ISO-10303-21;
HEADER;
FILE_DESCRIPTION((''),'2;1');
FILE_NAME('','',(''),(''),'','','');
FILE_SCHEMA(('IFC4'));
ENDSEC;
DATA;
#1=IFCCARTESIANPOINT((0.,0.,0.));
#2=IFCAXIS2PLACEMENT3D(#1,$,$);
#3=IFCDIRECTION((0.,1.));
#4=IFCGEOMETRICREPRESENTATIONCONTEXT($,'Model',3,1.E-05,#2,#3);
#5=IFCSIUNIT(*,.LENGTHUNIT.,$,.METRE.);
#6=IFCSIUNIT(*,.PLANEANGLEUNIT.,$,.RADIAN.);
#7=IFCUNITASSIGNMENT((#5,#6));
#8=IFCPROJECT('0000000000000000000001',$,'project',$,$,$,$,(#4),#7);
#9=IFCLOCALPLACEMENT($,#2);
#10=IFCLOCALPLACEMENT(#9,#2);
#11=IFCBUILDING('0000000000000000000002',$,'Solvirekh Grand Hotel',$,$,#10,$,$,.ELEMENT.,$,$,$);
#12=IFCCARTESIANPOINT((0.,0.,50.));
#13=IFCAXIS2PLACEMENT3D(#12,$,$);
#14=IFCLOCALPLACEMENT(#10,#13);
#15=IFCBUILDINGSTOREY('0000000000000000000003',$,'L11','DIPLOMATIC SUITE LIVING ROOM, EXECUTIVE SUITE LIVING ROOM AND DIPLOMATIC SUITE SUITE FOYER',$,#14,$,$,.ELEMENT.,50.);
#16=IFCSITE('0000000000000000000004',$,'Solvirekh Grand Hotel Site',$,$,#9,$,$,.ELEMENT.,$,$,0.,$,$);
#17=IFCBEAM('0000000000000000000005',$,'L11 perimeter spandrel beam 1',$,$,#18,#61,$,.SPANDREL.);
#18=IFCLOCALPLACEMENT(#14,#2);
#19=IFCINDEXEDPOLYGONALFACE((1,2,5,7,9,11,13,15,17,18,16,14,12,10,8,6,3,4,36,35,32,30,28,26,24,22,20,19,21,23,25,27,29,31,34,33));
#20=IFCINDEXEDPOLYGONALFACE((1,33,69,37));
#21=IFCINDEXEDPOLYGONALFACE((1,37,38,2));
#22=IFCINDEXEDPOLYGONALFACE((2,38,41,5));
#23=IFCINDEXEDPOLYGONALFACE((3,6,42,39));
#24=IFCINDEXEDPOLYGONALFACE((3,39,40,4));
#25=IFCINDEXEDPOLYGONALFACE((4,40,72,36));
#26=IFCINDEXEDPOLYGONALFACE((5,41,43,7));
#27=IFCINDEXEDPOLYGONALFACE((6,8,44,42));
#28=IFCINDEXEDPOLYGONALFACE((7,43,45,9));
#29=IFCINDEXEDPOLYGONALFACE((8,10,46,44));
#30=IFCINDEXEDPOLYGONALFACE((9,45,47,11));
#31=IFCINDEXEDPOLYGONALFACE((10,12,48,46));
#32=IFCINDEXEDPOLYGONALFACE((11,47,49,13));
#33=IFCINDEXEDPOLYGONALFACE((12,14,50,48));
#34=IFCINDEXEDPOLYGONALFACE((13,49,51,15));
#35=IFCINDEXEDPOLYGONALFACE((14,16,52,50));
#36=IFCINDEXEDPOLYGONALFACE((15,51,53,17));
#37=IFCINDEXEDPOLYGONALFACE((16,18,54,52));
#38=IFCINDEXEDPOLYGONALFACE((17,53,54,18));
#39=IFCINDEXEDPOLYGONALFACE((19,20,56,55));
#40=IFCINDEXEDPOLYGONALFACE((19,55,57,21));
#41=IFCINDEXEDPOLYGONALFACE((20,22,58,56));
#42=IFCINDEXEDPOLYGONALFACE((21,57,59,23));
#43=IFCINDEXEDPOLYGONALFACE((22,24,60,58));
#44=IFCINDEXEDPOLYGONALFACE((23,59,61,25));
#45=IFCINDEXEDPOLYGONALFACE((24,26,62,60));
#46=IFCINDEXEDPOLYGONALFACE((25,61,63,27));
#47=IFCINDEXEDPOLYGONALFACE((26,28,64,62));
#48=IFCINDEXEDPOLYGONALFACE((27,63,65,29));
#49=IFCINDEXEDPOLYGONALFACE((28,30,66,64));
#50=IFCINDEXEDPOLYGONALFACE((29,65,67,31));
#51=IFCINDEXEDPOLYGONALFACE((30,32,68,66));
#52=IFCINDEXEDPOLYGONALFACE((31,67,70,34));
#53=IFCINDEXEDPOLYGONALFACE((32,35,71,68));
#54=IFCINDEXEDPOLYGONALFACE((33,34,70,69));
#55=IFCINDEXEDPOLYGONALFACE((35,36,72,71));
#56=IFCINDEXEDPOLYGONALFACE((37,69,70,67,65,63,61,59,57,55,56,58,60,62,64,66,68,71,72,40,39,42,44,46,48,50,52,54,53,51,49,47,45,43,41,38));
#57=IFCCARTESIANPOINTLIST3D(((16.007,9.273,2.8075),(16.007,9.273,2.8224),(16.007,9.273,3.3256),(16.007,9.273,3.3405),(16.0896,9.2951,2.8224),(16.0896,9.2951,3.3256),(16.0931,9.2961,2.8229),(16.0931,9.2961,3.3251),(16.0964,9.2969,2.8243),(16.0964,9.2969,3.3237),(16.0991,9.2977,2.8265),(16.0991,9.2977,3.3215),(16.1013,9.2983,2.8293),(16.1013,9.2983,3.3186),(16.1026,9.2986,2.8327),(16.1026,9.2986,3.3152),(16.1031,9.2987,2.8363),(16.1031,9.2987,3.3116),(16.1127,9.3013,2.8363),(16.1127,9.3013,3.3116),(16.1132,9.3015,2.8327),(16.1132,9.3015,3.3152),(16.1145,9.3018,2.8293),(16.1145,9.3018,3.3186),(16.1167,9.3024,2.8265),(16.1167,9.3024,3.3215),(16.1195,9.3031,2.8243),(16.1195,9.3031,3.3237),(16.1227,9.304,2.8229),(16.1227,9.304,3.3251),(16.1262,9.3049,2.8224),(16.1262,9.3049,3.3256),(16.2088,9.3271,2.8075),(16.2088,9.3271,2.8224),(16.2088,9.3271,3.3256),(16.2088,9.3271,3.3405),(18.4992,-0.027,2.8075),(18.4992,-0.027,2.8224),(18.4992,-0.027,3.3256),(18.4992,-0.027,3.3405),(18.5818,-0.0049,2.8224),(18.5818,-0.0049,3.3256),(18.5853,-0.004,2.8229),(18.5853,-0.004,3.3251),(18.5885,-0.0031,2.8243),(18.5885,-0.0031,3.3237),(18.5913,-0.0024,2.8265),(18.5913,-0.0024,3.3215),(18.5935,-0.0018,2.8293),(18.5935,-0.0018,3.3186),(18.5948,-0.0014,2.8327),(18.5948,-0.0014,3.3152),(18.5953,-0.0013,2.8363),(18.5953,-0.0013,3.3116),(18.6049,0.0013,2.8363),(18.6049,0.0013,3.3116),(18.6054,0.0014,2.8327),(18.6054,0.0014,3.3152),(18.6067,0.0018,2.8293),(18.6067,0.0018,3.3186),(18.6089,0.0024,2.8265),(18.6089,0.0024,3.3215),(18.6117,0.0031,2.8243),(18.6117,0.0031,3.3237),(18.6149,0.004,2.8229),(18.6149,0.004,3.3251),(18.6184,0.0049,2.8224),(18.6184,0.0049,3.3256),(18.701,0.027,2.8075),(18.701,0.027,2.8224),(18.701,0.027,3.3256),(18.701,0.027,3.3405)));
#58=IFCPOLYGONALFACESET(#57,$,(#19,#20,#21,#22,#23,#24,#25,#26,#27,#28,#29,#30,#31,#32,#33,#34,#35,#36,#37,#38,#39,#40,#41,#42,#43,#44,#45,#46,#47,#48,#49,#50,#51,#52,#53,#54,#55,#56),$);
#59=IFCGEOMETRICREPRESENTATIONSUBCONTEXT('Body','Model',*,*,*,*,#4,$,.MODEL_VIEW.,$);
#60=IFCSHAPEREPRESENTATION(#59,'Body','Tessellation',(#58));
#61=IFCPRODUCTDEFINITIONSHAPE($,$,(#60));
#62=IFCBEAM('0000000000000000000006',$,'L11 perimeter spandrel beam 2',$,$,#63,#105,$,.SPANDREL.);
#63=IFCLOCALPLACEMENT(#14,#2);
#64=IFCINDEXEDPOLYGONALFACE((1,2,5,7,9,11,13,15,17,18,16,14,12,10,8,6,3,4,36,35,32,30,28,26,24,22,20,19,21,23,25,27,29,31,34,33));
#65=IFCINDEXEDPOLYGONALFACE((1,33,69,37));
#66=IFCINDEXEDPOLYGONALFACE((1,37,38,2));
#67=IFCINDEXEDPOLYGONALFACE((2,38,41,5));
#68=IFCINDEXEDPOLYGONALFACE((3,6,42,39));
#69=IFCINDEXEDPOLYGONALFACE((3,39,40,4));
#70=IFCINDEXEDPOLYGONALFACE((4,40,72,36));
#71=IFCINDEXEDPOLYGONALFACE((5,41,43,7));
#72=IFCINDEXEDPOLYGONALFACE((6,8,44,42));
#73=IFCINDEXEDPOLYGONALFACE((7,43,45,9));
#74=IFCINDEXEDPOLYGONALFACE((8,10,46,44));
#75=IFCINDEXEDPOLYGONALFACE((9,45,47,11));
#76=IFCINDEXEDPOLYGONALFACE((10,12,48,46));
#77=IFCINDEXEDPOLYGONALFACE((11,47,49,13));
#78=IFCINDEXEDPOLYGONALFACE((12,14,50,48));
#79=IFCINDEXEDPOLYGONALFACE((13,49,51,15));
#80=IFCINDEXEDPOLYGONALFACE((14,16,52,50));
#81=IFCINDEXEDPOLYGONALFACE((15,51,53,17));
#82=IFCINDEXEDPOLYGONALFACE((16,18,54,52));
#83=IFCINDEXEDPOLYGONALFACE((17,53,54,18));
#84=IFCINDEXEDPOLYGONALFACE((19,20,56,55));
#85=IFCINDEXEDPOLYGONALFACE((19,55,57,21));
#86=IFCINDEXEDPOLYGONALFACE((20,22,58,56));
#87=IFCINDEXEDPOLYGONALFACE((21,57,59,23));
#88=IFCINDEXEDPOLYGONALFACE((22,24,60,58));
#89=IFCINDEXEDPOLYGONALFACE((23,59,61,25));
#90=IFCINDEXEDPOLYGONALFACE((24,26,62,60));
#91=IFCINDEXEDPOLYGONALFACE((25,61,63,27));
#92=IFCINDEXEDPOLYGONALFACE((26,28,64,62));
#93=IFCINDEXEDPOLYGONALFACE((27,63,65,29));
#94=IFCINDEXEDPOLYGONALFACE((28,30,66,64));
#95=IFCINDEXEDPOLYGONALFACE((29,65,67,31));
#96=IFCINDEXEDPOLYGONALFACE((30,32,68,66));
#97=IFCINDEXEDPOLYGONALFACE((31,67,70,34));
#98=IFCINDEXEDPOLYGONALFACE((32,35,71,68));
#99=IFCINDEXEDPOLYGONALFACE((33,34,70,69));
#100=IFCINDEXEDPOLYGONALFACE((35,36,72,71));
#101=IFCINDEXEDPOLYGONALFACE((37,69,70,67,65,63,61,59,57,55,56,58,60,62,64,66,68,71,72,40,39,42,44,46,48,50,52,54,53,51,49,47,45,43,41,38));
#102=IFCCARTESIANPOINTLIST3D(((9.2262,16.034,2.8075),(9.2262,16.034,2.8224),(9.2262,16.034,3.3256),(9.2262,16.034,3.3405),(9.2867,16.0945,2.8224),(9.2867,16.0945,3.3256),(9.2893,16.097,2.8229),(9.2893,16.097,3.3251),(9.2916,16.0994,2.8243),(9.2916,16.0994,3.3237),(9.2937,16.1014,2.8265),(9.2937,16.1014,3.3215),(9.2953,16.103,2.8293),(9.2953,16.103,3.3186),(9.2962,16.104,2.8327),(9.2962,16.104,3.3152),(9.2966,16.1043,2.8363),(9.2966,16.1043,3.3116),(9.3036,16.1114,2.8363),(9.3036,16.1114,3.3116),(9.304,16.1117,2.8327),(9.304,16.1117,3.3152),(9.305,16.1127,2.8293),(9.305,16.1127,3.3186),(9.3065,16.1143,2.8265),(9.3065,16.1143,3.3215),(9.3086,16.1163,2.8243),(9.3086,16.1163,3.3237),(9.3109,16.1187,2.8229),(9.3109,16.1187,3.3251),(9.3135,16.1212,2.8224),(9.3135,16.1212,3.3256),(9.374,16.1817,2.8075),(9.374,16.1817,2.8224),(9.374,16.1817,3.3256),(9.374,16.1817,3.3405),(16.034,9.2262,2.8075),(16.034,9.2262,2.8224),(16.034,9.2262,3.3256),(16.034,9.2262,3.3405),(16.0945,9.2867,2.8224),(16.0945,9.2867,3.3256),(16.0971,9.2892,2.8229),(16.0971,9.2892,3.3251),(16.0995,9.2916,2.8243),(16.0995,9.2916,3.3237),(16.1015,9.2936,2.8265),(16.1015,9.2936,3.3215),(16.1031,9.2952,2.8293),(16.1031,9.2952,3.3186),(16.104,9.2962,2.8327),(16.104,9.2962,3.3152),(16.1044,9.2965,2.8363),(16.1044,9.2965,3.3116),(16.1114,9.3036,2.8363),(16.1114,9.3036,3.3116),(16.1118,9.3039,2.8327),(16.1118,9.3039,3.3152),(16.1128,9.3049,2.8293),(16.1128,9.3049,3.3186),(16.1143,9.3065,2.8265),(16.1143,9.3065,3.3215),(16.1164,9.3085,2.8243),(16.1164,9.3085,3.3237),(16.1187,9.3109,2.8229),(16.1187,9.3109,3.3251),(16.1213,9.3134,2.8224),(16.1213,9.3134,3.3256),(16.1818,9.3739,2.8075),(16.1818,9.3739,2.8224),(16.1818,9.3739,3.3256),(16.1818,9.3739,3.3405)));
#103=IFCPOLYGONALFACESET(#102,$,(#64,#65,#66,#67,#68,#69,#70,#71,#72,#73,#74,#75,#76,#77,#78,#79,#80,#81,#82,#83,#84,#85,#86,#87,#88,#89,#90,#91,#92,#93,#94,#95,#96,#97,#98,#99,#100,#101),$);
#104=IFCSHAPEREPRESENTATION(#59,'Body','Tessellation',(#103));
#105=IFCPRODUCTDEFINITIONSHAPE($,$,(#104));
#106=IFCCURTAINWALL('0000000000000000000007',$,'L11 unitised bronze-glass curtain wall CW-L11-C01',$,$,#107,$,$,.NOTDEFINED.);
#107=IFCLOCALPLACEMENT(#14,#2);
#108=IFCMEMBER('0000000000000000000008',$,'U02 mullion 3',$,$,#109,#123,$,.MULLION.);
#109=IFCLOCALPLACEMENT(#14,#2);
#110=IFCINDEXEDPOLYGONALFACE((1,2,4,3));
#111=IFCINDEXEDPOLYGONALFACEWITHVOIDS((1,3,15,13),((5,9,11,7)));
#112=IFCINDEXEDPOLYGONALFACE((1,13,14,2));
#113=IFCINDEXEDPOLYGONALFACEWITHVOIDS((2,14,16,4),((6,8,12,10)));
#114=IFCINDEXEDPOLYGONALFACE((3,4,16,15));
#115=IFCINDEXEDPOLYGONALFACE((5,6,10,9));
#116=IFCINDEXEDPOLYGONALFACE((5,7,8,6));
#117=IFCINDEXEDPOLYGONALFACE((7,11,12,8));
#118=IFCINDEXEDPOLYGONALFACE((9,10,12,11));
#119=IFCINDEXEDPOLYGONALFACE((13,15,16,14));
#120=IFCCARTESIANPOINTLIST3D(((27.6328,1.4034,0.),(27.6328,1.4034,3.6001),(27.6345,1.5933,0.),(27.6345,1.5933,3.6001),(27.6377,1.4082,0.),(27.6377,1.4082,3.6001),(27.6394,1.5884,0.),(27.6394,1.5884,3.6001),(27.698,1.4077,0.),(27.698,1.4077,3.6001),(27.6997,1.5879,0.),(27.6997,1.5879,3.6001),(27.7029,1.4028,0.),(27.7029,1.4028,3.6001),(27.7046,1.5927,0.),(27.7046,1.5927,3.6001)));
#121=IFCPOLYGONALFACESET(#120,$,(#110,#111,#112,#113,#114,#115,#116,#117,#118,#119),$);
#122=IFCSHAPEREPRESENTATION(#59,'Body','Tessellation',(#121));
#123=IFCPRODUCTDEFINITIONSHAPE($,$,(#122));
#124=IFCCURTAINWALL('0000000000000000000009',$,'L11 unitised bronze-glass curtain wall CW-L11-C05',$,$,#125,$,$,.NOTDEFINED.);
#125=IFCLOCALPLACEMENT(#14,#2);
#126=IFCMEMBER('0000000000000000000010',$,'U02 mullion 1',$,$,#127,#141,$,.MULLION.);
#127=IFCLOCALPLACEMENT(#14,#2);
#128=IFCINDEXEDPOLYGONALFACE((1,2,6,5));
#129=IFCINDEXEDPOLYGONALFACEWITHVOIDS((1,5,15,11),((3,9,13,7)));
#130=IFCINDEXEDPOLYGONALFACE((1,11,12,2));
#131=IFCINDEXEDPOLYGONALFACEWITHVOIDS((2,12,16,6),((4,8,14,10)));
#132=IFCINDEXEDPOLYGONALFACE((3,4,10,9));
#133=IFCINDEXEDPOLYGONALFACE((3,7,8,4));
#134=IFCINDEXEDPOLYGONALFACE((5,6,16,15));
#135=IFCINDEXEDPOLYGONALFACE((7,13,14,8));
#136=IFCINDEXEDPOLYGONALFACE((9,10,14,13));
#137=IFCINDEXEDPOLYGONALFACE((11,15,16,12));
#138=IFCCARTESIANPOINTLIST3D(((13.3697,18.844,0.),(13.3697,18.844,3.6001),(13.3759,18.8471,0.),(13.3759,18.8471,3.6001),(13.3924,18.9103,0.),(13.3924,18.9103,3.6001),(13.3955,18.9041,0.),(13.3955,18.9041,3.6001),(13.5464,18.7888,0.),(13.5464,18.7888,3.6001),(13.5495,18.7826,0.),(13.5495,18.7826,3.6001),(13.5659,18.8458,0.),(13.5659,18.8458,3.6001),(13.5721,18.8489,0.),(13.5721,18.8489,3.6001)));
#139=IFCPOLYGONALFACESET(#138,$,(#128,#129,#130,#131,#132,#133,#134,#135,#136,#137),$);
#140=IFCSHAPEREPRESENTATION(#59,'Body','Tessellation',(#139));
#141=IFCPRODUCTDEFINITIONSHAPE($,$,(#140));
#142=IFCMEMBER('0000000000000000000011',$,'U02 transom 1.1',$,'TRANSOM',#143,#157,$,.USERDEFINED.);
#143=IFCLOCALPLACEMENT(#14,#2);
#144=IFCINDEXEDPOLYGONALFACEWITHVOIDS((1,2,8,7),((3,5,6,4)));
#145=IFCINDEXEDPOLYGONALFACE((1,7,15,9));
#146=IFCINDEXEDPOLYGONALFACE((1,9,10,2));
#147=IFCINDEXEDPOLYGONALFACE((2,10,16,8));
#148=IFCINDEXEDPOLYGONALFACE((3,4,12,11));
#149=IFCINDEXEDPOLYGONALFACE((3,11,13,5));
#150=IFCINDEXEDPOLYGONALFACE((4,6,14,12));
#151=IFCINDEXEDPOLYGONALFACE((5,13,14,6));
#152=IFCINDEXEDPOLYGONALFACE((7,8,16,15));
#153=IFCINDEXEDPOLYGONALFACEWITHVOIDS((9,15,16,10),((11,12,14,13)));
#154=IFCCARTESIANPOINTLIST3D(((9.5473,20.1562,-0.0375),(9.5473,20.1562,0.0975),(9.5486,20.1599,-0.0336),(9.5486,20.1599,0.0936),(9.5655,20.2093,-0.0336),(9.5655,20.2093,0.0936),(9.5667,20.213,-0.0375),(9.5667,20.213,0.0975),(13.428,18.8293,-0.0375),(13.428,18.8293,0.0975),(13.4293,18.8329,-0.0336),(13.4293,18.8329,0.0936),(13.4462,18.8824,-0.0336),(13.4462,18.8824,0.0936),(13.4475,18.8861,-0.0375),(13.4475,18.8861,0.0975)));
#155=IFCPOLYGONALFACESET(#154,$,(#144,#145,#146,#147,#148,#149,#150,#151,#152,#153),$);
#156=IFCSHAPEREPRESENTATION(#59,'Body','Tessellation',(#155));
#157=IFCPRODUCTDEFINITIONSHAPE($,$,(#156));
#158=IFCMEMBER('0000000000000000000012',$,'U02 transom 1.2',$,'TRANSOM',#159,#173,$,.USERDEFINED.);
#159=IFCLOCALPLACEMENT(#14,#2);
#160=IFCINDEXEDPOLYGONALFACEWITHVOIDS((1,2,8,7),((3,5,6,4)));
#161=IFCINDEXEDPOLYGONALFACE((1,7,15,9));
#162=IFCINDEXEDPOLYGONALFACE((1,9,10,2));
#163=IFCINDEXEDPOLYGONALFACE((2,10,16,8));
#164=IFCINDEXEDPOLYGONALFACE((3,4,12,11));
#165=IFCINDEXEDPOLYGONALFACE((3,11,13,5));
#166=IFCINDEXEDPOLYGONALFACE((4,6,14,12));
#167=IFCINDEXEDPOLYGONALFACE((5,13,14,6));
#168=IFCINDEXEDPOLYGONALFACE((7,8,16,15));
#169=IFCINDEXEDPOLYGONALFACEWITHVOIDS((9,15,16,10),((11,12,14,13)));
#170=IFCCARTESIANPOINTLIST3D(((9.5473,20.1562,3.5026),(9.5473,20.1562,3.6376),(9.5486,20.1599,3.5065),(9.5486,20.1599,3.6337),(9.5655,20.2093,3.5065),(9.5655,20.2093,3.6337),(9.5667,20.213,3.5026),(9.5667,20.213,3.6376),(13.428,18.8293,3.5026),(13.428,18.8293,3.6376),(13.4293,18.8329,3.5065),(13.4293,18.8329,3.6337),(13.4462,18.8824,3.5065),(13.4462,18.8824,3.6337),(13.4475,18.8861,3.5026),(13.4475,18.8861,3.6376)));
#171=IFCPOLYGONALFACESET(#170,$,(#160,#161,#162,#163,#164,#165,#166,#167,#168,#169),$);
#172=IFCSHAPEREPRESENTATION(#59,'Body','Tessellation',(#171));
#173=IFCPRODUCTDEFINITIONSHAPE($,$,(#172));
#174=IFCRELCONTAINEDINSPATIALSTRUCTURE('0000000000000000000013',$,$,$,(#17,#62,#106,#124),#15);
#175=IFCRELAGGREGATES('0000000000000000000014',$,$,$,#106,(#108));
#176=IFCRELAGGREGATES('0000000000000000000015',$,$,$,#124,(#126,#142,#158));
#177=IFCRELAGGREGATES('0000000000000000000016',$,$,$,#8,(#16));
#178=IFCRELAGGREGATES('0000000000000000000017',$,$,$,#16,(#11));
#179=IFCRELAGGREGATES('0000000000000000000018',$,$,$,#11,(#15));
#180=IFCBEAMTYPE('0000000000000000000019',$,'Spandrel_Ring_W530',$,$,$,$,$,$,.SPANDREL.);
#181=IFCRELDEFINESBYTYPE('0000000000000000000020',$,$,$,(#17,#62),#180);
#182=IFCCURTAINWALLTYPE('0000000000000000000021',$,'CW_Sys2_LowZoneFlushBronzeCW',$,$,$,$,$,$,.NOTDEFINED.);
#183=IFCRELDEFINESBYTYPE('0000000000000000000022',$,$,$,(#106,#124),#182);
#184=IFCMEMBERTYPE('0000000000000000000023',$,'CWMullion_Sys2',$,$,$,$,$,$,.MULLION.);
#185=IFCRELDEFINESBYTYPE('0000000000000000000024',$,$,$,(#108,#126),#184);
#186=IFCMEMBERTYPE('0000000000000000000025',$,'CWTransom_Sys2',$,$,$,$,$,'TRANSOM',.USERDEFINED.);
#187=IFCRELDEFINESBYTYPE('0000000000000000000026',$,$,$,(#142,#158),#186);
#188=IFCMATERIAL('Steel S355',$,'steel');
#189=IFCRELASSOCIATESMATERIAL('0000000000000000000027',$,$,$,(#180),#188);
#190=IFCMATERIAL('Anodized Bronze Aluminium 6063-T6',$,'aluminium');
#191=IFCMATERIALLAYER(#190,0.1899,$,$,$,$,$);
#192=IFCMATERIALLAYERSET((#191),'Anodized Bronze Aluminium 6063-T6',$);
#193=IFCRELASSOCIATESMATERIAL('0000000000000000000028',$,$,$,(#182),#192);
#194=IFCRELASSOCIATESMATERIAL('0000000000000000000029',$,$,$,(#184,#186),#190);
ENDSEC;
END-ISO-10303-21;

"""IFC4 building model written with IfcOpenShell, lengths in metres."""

from ifc_helpers import new_model, si_unit, direction, frame, origin, origin_2d, place, context, subcontext, project, spatial, hollow_rectangle, i_section, extrude, source, transform, mapped, material, layer, layer_set, material_profile, profile_set, type_object, element, aggregate, save


model = new_model("IFC4")

# Units and contexts
model_context = context("Model", 3, precision=1e-05, world=origin(), true_north=direction((0.0, 1.0)))
body_context = subcontext(model_context, "Body", "Model", "MODEL_VIEW")
ifc_project = project(units=[si_unit("LENGTHUNIT", "METRE"), si_unit("PLANEANGLEUNIT", "RADIAN")], contexts=[model_context])

# Site, building, storey
site_placement = place(None, origin())
site = spatial("IfcSite", under=ifc_project, at=site_placement, Name="Solvirekh Grand Hotel Site", CompositionType="ELEMENT", RefElevation=0.0)
building_placement = place(site_placement, origin())
building = spatial("IfcBuilding", under=site, at=building_placement, Name="Solvirekh Grand Hotel", CompositionType="ELEMENT")
storey_placement = place(building_placement, frame((0.0, 0.0, 50.0)))
storey = spatial("IfcBuildingStorey", under=building, at=storey_placement, Name="L11", Description="DIPLOMATIC SUITE LIVING ROOM, EXECUTIVE SUITE LIVING ROOM AND DIPLOMATIC SUITE SUITE FOYER", CompositionType="ELEMENT", Elevation=50.0)

# Beams
ifc_material_1 = material(Name="Steel S355", Category="steel")
ifc_material_profile_1 = material_profile(ifc_material_1, i_section(OverallWidth=0.209, OverallDepth=0.533, WebThickness=0.01, FlangeThickness=0.0149, FilletRadius=0.0139, at=origin_2d()), Name="W530X92")
ifc_profile_set_1 = profile_set([ifc_material_profile_1], Name="Steel S355")
beam_type_1 = type_object("IfcBeamType", Name="Spandrel_Ring_W530", PredefinedType="SPANDREL", material=ifc_profile_set_1)
beam_1_placement = place(storey_placement, frame((18.6001, 0.0, 3.074), z_axis=(-0.258843, 0.965919, 0.0), x_axis=(-0.965919, -0.258843, 0.0)))
element("IfcBeam", 1, at=beam_1_placement, inside=storey, type_object=beam_type_1, Name="L11 perimeter spandrel beam 1", PredefinedType="SPANDREL", context=body_context, shape_type="SweptSolid", body=[
    extrude(i_section(OverallWidth=0.209, OverallDepth=0.533, WebThickness=0.01, FlangeThickness=0.0149, FilletRadius=0.0139, at=origin_2d()), origin(), (0.0, 0.0, 1.0), 9.6282),
])
beam_2_placement = place(storey_placement, frame((16.1079, 9.3, 3.074), z_axis=(-0.707107, 0.707107, 0.0), x_axis=(-0.707107, -0.707107, 0.0)))
element("IfcBeam", 2, at=beam_2_placement, inside=storey, type_object=beam_type_1, Name="L11 perimeter spandrel beam 2", PredefinedType="SPANDREL", context=body_context, shape_type="SweptSolid", body=[
    extrude(i_section(OverallWidth=0.209, OverallDepth=0.533, WebThickness=0.01, FlangeThickness=0.0149, FilletRadius=0.0139, at=origin_2d()), origin(), (0.0, 0.0, 1.0), 9.6277),
])

# Curtain wall, member
ifc_material_2 = material(Name="Anodized Bronze Aluminium 6063-T6", Category="aluminium")
ifc_layer_1 = layer(ifc_material_2, 0.1899)
ifc_layer_set_1 = layer_set([ifc_layer_1], Name="Anodized Bronze Aluminium 6063-T6")
curtain_wall_type = type_object("IfcCurtainWallType", Name="CW_Sys2_LowZoneFlushBronzeCW", PredefinedType="NOTDEFINED", material=ifc_layer_set_1)
curtain_wall_1_placement = place(storey_placement, origin())
curtain_wall_1 = element("IfcCurtainWall", 3, at=curtain_wall_1_placement, inside=storey, type_object=curtain_wall_type, Name="L11 unitised bronze-glass curtain wall CW-L11-C01", PredefinedType="NOTDEFINED")
ifc_material_profile_2 = material_profile(ifc_material_2, hollow_rectangle(XDim=0.0701, YDim=0.1899, WallThickness=0.0049, at=origin_2d()), Name="ALU RHS 190X70X5")
ifc_profile_set_2 = profile_set([ifc_material_profile_2], Name="Anodized Bronze Aluminium 6063-T6")
member_type_1 = type_object("IfcMemberType", Name="CWMullion_Sys2", PredefinedType="MULLION", material=ifc_profile_set_2)
shared_shape_1 = source(origin(), body_context, "Body", "SweptSolid", [
    extrude(hollow_rectangle(XDim=0.0701, YDim=0.1899, WallThickness=0.0049, at=origin_2d()), origin(), (0.0, 0.0, 1.0), 3.6001),
])
member_1_placement = place(storey_placement, frame((27.6687, 1.498, 0.0), z_axis=(0.0, 0.0, 1.0), x_axis=(-0.999959, 0.009097, 0.0)))
member_1 = element("IfcMember", 4, at=member_1_placement, type_object=member_type_1, Name="U02 mullion 3", PredefinedType="MULLION", context=body_context, shape_type="MappedRepresentation", body=[
    mapped(shared_shape_1, transform((0.0, 0.0, 0.0), x_axis=(1.0, 0.0, 0.0), y_axis=(0.0, 1.0, 0.0), z_axis=(0.0, 0.0, 1.0), scale=1.0)),
])
aggregate(curtain_wall_1, [member_1])

# Curtain wall, members
curtain_wall_2_placement = place(storey_placement, origin())
curtain_wall_2 = element("IfcCurtainWall", 5, at=curtain_wall_2_placement, inside=storey, type_object=curtain_wall_type, Name="L11 unitised bronze-glass curtain wall CW-L11-C05", PredefinedType="NOTDEFINED")
member_2_placement = place(storey_placement, frame((13.4709, 18.8464, 0.0), z_axis=(0.0, 0.0, 1.0), x_axis=(-0.323564, -0.946206, 0.0)))
member_2 = element("IfcMember", 6, at=member_2_placement, type_object=member_type_1, Name="U02 mullion 1", PredefinedType="MULLION", context=body_context, shape_type="MappedRepresentation", body=[
    mapped(shared_shape_1, transform((0.0, 0.0, 0.0), x_axis=(1.0, 0.0, 0.0), y_axis=(0.0, 1.0, 0.0), z_axis=(0.0, 0.0, 1.0), scale=1.0)),
])
ifc_material_profile_3 = material_profile(ifc_material_2, hollow_rectangle(XDim=0.0601, YDim=0.135, WallThickness=0.0039, at=origin_2d()), Name="ALU RHS 135X60X4")
ifc_profile_set_3 = profile_set([ifc_material_profile_3], Name="Anodized Bronze Aluminium 6063-T6")
member_type_2 = type_object("IfcMemberType", Name="CWTransom_Sys2", ElementType="TRANSOM", PredefinedType="USERDEFINED", material=ifc_profile_set_3)
shared_shape_2 = source(origin(), body_context, "Body", "SweptSolid", [
    extrude(hollow_rectangle(XDim=0.0601, YDim=0.135, WallThickness=0.0039, at=origin_2d()), origin(), (0.0, 0.0, 1.0), 4.1013),
])
member_3_placement = place(storey_placement, frame((13.4377, 18.8577, 0.03), z_axis=(-0.946214, 0.32354, 0.0), x_axis=(-0.32354, -0.946214, 0.0)))
member_3 = element("IfcMember", 7, at=member_3_placement, type_object=member_type_2, Name="U02 transom 1.1", ObjectType="TRANSOM", PredefinedType="USERDEFINED", context=body_context, shape_type="MappedRepresentation", body=[
    mapped(shared_shape_2, transform((0.0, 0.0, 0.0), x_axis=(1.0, 0.0, 0.0), y_axis=(0.0, 1.0, 0.0), z_axis=(0.0, 0.0, 1.0), scale=1.0)),
])
member_4_placement = place(storey_placement, frame((13.4377, 18.8577, 3.5701), z_axis=(-0.946214, 0.32354, 0.0), x_axis=(-0.32354, -0.946214, 0.0)))
member_4 = element("IfcMember", 8, at=member_4_placement, type_object=member_type_2, Name="U02 transom 1.2", ObjectType="TRANSOM", PredefinedType="USERDEFINED", context=body_context, shape_type="MappedRepresentation", body=[
    mapped(shared_shape_2, transform((0.0, 0.0, 0.0), x_axis=(1.0, 0.0, 0.0), y_axis=(0.0, 1.0, 0.0), z_axis=(0.0, 0.0, 1.0), scale=1.0)),
])
aggregate(curtain_wall_2, [member_2, member_3, member_4])

save(model, "model.ifc")
